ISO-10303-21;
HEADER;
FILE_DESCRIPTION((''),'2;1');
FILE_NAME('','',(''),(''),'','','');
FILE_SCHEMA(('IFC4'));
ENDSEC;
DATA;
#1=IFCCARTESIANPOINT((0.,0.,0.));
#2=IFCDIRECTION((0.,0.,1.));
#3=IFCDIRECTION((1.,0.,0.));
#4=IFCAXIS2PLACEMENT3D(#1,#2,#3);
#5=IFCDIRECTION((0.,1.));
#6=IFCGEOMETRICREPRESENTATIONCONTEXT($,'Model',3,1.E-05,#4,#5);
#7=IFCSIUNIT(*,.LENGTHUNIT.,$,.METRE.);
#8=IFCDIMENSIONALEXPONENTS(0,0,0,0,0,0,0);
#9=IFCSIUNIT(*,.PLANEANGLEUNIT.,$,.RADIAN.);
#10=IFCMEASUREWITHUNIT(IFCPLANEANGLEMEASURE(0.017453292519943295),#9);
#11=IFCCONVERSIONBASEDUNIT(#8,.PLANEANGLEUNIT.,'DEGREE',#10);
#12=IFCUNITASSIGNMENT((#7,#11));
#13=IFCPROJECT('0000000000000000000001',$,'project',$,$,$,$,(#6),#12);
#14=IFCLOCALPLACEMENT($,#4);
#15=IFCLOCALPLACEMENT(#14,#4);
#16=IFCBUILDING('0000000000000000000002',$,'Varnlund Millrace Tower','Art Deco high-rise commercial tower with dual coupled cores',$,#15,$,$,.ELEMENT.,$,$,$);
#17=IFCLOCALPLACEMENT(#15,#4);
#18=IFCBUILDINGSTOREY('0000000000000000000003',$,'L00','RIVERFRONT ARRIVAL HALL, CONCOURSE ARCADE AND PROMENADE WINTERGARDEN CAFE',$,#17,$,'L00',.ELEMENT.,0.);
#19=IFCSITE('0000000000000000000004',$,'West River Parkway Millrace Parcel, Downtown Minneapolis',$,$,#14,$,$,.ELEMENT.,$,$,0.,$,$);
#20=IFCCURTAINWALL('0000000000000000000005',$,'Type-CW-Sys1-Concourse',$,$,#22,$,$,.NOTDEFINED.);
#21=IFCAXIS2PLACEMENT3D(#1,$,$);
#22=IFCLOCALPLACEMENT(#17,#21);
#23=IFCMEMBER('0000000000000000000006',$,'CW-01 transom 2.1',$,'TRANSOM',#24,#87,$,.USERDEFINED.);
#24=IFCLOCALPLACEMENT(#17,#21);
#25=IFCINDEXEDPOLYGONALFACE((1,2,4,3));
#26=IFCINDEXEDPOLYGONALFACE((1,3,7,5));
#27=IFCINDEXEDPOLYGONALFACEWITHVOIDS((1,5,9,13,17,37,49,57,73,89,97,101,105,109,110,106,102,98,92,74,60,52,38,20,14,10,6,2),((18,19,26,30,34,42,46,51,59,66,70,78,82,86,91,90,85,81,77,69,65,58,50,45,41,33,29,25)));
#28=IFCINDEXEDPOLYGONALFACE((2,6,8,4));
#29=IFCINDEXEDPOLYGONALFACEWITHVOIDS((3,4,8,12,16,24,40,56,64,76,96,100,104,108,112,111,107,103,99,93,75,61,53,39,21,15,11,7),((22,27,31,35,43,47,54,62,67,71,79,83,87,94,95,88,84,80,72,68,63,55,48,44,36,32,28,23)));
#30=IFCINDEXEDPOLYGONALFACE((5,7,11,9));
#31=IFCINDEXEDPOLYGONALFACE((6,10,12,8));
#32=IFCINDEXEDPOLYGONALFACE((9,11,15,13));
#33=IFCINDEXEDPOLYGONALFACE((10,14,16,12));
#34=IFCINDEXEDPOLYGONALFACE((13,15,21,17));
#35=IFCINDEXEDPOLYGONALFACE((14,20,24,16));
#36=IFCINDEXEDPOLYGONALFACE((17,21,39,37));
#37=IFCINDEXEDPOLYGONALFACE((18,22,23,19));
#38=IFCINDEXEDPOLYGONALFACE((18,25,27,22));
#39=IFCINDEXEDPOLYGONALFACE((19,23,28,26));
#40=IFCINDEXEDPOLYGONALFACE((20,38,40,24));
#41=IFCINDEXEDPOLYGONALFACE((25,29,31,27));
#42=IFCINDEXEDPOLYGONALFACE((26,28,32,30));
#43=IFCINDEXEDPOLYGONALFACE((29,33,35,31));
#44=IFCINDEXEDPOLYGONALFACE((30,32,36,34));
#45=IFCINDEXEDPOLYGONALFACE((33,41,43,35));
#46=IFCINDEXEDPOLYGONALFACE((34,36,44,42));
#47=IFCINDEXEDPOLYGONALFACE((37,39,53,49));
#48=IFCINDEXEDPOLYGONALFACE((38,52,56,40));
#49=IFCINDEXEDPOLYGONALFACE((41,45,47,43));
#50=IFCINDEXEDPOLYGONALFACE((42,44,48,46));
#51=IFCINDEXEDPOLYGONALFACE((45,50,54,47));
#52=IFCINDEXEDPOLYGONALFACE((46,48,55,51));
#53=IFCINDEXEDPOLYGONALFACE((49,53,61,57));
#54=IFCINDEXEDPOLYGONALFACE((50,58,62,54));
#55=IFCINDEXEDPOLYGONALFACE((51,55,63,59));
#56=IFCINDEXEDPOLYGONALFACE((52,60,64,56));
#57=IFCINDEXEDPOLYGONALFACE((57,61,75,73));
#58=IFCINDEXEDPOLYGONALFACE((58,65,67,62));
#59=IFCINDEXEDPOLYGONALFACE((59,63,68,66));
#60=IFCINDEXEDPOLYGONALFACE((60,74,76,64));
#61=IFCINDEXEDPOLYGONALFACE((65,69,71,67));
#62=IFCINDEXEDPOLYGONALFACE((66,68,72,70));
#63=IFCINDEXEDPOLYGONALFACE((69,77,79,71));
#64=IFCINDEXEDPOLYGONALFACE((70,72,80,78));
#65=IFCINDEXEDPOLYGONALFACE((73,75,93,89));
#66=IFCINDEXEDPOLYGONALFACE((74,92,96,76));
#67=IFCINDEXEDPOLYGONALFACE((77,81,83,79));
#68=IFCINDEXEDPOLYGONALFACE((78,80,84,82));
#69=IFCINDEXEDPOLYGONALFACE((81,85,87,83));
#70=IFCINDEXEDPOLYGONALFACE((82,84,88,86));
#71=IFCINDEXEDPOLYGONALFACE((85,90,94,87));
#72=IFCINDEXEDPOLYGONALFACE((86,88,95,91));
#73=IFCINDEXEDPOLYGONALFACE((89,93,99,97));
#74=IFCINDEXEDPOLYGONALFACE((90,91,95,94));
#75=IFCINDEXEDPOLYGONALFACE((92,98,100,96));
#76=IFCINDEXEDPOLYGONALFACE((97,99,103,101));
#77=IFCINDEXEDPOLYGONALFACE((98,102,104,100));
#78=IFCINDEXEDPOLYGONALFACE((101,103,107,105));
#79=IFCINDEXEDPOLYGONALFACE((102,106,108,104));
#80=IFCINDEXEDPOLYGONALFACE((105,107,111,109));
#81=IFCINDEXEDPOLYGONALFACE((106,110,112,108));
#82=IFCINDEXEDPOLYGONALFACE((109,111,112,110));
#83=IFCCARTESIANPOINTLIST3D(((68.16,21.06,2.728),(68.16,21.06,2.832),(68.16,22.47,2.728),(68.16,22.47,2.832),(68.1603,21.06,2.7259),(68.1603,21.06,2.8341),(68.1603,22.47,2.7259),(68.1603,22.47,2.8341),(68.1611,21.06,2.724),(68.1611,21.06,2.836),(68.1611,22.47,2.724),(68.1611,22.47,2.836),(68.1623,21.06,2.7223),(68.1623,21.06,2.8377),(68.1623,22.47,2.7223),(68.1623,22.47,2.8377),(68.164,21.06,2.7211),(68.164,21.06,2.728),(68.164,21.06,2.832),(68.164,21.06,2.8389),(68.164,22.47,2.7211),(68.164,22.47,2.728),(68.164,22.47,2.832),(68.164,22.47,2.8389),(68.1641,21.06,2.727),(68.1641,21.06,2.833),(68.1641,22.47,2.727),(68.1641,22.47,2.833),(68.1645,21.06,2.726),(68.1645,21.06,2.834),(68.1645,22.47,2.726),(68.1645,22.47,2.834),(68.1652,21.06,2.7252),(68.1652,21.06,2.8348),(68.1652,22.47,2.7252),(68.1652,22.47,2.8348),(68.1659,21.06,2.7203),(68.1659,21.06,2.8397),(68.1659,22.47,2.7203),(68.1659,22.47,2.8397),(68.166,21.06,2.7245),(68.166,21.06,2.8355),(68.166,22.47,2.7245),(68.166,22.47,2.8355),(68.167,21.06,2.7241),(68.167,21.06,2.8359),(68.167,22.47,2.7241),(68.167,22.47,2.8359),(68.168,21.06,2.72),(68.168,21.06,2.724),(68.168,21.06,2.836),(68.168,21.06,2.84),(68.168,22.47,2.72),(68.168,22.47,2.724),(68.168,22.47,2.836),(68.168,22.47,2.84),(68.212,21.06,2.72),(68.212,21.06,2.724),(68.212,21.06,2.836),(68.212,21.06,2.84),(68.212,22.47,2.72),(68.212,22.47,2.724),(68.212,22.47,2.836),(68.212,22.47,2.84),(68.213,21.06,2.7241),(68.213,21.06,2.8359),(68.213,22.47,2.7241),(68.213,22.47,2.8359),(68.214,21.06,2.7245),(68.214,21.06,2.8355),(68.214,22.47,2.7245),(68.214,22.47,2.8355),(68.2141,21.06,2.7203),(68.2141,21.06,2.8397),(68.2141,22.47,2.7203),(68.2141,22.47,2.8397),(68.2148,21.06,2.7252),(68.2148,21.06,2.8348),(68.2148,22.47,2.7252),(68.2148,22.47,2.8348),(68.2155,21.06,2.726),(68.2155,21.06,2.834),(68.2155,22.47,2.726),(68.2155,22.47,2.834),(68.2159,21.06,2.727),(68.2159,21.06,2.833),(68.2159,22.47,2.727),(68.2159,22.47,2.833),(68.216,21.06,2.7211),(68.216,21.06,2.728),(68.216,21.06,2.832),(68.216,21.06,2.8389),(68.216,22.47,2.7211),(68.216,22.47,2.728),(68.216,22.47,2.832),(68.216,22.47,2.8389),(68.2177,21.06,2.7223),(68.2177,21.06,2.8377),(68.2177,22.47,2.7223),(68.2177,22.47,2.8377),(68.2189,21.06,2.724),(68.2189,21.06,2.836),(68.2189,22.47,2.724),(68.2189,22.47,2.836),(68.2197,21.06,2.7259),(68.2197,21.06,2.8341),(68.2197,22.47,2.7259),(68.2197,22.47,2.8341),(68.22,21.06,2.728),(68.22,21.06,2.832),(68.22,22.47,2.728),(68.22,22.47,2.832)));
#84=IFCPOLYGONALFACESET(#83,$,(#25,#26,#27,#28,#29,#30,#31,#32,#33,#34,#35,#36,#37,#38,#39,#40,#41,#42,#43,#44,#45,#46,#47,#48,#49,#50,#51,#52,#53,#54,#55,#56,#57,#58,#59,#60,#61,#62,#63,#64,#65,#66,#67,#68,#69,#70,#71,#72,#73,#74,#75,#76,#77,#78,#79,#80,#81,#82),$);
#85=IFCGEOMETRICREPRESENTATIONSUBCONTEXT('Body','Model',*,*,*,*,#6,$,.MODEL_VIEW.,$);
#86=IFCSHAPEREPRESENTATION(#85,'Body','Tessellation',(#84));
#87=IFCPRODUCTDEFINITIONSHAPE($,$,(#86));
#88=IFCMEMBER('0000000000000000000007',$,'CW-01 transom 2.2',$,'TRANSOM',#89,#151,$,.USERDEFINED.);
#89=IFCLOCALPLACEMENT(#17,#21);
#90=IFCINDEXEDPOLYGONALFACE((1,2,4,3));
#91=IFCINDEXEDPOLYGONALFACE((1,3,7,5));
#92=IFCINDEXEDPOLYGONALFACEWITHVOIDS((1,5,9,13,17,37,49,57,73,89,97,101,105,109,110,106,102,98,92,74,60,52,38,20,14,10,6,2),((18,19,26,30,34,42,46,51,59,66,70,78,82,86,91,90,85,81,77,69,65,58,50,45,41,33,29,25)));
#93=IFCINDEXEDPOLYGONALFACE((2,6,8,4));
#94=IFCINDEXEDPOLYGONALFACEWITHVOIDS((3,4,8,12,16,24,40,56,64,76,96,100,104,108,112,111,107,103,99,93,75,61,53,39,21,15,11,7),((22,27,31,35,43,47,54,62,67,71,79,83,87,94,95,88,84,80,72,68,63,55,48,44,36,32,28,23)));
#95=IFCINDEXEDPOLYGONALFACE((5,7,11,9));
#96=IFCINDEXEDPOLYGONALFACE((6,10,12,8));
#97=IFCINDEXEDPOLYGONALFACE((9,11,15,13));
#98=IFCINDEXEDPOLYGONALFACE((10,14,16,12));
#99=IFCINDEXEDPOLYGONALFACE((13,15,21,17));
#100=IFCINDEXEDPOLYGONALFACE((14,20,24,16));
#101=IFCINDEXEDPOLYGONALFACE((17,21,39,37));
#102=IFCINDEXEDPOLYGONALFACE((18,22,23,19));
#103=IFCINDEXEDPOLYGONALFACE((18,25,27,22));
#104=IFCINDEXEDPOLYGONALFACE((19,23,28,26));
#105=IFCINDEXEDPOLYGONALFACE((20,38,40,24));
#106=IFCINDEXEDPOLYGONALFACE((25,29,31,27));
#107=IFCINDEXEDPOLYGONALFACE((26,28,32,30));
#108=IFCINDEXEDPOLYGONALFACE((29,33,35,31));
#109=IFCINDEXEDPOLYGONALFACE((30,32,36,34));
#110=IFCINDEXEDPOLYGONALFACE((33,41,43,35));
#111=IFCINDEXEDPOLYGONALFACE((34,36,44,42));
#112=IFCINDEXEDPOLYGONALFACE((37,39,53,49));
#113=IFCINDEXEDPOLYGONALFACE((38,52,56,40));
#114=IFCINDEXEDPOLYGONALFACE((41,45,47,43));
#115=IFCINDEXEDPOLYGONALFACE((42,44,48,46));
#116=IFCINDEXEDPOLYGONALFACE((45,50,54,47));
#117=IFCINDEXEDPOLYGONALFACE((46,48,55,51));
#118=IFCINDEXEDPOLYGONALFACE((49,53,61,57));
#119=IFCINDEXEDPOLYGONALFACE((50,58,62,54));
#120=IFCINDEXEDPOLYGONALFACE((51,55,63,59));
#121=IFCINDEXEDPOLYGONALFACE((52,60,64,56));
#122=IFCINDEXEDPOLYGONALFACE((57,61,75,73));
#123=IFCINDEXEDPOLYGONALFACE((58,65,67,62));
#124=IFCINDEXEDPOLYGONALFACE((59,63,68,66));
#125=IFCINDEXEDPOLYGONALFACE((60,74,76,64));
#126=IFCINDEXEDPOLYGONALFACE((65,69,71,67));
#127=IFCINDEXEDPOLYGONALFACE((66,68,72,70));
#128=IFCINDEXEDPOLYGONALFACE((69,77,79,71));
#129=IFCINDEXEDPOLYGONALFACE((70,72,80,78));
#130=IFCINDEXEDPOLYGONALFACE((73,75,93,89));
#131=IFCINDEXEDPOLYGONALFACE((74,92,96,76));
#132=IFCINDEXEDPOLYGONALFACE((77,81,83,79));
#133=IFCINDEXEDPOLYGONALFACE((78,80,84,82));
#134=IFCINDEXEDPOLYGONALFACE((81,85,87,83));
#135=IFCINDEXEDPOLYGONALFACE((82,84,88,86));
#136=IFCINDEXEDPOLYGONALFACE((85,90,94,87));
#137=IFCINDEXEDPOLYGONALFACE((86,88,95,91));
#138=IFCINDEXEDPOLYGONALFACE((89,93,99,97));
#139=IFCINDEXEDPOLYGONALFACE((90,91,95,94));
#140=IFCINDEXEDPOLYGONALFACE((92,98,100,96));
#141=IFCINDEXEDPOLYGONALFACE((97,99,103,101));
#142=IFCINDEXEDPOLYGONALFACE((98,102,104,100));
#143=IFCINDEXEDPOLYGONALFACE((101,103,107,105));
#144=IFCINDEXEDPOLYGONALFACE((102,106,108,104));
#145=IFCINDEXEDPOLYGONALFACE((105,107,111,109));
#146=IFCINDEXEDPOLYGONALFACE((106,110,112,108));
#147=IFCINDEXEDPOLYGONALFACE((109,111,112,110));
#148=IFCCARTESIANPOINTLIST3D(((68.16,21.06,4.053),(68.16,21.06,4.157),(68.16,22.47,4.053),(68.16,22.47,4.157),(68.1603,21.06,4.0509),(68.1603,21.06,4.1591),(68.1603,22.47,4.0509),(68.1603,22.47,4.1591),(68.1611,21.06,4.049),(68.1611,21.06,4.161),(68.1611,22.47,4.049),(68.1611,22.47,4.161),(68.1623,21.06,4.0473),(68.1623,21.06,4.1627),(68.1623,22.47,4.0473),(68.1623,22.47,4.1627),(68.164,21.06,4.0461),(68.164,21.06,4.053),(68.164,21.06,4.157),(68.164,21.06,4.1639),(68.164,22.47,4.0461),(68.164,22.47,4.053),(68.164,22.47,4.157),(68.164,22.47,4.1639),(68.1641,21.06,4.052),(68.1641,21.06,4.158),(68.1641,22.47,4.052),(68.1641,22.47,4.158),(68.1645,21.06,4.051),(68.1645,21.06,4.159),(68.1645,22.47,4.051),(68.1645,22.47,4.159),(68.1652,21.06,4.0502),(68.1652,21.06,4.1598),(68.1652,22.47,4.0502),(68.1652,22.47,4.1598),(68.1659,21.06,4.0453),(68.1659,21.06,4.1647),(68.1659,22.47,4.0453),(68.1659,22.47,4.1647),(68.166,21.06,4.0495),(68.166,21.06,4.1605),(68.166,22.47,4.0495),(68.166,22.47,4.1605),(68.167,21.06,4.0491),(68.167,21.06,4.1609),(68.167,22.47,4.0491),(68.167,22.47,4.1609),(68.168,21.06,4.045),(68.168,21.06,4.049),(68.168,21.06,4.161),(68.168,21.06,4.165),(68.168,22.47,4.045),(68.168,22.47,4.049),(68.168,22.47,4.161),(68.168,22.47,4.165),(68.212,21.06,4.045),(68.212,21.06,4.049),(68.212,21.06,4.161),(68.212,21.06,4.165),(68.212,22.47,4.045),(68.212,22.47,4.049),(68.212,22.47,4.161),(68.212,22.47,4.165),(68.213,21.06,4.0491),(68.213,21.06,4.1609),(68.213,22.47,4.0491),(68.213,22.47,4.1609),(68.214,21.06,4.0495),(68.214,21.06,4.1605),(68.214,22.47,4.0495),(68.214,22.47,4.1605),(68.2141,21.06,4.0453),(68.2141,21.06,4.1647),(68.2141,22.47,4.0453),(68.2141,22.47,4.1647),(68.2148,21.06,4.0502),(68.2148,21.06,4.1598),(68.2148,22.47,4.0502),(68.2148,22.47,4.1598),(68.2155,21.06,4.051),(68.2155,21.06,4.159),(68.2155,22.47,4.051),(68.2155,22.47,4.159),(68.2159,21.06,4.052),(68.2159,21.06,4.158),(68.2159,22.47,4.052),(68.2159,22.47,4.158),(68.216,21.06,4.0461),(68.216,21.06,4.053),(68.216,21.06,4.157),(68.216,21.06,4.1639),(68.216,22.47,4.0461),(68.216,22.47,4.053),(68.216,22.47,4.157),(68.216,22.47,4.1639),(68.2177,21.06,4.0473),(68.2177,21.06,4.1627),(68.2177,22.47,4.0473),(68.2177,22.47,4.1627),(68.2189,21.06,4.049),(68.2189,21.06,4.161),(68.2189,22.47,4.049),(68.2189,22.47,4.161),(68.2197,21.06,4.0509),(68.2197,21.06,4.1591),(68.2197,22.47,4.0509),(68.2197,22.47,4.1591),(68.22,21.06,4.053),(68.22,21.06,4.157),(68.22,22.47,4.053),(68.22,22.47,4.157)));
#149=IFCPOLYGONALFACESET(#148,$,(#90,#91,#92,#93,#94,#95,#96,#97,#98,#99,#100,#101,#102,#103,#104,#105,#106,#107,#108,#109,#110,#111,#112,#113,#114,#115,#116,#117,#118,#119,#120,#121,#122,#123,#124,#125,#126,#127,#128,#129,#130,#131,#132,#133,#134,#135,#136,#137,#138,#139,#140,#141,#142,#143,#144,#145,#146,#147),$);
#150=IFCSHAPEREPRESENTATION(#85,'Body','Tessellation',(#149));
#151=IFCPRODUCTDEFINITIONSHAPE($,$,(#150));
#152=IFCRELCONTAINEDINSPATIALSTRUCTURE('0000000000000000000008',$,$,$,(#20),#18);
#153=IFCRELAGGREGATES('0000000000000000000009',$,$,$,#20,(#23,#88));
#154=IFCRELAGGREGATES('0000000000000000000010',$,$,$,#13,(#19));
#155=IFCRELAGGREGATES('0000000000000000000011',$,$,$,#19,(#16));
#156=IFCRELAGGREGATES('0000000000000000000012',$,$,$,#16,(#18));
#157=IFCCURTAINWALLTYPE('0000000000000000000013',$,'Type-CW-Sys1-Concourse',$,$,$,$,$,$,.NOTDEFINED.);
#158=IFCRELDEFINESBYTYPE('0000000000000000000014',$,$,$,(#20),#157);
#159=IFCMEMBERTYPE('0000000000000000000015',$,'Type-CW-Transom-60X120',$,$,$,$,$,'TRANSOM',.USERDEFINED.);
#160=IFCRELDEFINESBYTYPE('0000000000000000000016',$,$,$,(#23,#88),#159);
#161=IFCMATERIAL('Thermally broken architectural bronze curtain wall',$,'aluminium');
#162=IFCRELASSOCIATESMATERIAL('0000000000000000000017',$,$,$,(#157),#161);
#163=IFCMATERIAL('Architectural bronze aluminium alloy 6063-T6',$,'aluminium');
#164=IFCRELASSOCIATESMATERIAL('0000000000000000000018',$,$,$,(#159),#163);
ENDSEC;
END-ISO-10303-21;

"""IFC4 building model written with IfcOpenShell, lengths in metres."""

from ifc_helpers import new_model, entity, si_unit, converted_unit, direction, frame, origin_with_axes, origin_2d_with_axis, place, context, subcontext, project, spatial, hollow_rectangle, extrude, material, material_profile, profile_set, type_object, element, aggregate, save


model = new_model("IFC4")

# Units and contexts
model_context = context("Model", 3, precision=1e-05, world=origin_with_axes(), true_north=direction((0.0, 1.0)))
body_context = subcontext(model_context, "Body", "Model", "MODEL_VIEW")
ifc_project = project(units=[si_unit("LENGTHUNIT", "METRE"), converted_unit("PLANEANGLEUNIT", "DEGREE", entity("IfcPlaneAngleMeasure", 0.017453292519943295), si_unit("PLANEANGLEUNIT", "RADIAN"), dimensions=[0, 0, 0, 0, 0, 0, 0])], contexts=[model_context])

# Site, building, storey
site_placement = place(None, origin_with_axes())
site = spatial("IfcSite", under=ifc_project, at=site_placement, Name="West River Parkway Millrace Parcel, Downtown Minneapolis", CompositionType="ELEMENT", RefElevation=0.0)
building_placement = place(site_placement, origin_with_axes())
building = spatial("IfcBuilding", under=site, at=building_placement, Name="Varnlund Millrace Tower", Description="Art Deco high-rise commercial tower with dual coupled cores", CompositionType="ELEMENT")
storey_placement = place(building_placement, origin_with_axes())
storey = spatial("IfcBuildingStorey", under=building, at=storey_placement, Name="L00", Description="RIVERFRONT ARRIVAL HALL, CONCOURSE ARCADE AND PROMENADE WINTERGARDEN CAFE", LongName="L00", CompositionType="ELEMENT", Elevation=0.0)

# Curtain wall
ifc_material_1 = material(Name="Thermally broken architectural bronze curtain wall", Category="aluminium")
curtain_wall_type = type_object("IfcCurtainWallType", Name="Type-CW-Sys1-Concourse", PredefinedType="NOTDEFINED", material=ifc_material_1)
curtain_wall_1_placement = place(storey_placement, frame((68.19, 24.0, 2.75), z_axis=(0.0, 0.0, 1.0), x_axis=(1.0, 0.0, 0.0)))
curtain_wall_1 = element("IfcCurtainWall", 1, at=curtain_wall_1_placement, inside=storey, type_object=curtain_wall_type, Name="Type-CW-Sys1-Concourse", PredefinedType="NOTDEFINED")
ifc_material_2 = material(Name="Architectural bronze aluminium alloy 6063-T6", Category="aluminium")

# Members
ifc_material_profile_1 = material_profile(ifc_material_2, hollow_rectangle(XDim=0.06, YDim=0.12, WallThickness=0.004, InnerFilletRadius=0.004, OuterFilletRadius=0.008, at=origin_2d_with_axis()), Name="Architectural bronze aluminium alloy 6063-T6")
ifc_profile_set_1 = profile_set([ifc_material_profile_1], Name="Architectural bronze aluminium alloy 6063-T6")
member_type_1 = type_object("IfcMemberType", Name="Type-CW-Transom-60X120", ElementType="TRANSOM", PredefinedType="USERDEFINED", material=ifc_profile_set_1)
member_1_placement = place(storey_placement, frame((68.19, 22.47, 2.78), z_axis=(0.0, -1.0, 0.0), x_axis=(1.0, 0.0, 0.0)))
member_1 = element("IfcMember", 2, at=member_1_placement, type_object=member_type_1, Name="CW-01 transom 2.1", ObjectType="TRANSOM", PredefinedType="USERDEFINED", context=body_context, shape_type="SweptSolid", body=[
    extrude(hollow_rectangle(XDim=0.06, YDim=0.12, WallThickness=0.004, InnerFilletRadius=0.004, OuterFilletRadius=0.008, at=origin_2d_with_axis()), origin_with_axes(), (0.0, 0.0, 1.0), 1.41),
])
member_2_placement = place(storey_placement, frame((68.19, 22.47, 4.105), z_axis=(0.0, -1.0, 0.0), x_axis=(1.0, 0.0, 0.0)))
member_2 = element("IfcMember", 3, at=member_2_placement, type_object=member_type_1, Name="CW-01 transom 2.2", ObjectType="TRANSOM", PredefinedType="USERDEFINED", context=body_context, shape_type="SweptSolid", body=[
    extrude(hollow_rectangle(XDim=0.06, YDim=0.12, WallThickness=0.004, InnerFilletRadius=0.004, OuterFilletRadius=0.008, at=origin_2d_with_axis()), origin_with_axes(), (0.0, 0.0, 1.0), 1.41),
])

aggregate(curtain_wall_1, [member_1, member_2])

save(model, "model.ifc")
